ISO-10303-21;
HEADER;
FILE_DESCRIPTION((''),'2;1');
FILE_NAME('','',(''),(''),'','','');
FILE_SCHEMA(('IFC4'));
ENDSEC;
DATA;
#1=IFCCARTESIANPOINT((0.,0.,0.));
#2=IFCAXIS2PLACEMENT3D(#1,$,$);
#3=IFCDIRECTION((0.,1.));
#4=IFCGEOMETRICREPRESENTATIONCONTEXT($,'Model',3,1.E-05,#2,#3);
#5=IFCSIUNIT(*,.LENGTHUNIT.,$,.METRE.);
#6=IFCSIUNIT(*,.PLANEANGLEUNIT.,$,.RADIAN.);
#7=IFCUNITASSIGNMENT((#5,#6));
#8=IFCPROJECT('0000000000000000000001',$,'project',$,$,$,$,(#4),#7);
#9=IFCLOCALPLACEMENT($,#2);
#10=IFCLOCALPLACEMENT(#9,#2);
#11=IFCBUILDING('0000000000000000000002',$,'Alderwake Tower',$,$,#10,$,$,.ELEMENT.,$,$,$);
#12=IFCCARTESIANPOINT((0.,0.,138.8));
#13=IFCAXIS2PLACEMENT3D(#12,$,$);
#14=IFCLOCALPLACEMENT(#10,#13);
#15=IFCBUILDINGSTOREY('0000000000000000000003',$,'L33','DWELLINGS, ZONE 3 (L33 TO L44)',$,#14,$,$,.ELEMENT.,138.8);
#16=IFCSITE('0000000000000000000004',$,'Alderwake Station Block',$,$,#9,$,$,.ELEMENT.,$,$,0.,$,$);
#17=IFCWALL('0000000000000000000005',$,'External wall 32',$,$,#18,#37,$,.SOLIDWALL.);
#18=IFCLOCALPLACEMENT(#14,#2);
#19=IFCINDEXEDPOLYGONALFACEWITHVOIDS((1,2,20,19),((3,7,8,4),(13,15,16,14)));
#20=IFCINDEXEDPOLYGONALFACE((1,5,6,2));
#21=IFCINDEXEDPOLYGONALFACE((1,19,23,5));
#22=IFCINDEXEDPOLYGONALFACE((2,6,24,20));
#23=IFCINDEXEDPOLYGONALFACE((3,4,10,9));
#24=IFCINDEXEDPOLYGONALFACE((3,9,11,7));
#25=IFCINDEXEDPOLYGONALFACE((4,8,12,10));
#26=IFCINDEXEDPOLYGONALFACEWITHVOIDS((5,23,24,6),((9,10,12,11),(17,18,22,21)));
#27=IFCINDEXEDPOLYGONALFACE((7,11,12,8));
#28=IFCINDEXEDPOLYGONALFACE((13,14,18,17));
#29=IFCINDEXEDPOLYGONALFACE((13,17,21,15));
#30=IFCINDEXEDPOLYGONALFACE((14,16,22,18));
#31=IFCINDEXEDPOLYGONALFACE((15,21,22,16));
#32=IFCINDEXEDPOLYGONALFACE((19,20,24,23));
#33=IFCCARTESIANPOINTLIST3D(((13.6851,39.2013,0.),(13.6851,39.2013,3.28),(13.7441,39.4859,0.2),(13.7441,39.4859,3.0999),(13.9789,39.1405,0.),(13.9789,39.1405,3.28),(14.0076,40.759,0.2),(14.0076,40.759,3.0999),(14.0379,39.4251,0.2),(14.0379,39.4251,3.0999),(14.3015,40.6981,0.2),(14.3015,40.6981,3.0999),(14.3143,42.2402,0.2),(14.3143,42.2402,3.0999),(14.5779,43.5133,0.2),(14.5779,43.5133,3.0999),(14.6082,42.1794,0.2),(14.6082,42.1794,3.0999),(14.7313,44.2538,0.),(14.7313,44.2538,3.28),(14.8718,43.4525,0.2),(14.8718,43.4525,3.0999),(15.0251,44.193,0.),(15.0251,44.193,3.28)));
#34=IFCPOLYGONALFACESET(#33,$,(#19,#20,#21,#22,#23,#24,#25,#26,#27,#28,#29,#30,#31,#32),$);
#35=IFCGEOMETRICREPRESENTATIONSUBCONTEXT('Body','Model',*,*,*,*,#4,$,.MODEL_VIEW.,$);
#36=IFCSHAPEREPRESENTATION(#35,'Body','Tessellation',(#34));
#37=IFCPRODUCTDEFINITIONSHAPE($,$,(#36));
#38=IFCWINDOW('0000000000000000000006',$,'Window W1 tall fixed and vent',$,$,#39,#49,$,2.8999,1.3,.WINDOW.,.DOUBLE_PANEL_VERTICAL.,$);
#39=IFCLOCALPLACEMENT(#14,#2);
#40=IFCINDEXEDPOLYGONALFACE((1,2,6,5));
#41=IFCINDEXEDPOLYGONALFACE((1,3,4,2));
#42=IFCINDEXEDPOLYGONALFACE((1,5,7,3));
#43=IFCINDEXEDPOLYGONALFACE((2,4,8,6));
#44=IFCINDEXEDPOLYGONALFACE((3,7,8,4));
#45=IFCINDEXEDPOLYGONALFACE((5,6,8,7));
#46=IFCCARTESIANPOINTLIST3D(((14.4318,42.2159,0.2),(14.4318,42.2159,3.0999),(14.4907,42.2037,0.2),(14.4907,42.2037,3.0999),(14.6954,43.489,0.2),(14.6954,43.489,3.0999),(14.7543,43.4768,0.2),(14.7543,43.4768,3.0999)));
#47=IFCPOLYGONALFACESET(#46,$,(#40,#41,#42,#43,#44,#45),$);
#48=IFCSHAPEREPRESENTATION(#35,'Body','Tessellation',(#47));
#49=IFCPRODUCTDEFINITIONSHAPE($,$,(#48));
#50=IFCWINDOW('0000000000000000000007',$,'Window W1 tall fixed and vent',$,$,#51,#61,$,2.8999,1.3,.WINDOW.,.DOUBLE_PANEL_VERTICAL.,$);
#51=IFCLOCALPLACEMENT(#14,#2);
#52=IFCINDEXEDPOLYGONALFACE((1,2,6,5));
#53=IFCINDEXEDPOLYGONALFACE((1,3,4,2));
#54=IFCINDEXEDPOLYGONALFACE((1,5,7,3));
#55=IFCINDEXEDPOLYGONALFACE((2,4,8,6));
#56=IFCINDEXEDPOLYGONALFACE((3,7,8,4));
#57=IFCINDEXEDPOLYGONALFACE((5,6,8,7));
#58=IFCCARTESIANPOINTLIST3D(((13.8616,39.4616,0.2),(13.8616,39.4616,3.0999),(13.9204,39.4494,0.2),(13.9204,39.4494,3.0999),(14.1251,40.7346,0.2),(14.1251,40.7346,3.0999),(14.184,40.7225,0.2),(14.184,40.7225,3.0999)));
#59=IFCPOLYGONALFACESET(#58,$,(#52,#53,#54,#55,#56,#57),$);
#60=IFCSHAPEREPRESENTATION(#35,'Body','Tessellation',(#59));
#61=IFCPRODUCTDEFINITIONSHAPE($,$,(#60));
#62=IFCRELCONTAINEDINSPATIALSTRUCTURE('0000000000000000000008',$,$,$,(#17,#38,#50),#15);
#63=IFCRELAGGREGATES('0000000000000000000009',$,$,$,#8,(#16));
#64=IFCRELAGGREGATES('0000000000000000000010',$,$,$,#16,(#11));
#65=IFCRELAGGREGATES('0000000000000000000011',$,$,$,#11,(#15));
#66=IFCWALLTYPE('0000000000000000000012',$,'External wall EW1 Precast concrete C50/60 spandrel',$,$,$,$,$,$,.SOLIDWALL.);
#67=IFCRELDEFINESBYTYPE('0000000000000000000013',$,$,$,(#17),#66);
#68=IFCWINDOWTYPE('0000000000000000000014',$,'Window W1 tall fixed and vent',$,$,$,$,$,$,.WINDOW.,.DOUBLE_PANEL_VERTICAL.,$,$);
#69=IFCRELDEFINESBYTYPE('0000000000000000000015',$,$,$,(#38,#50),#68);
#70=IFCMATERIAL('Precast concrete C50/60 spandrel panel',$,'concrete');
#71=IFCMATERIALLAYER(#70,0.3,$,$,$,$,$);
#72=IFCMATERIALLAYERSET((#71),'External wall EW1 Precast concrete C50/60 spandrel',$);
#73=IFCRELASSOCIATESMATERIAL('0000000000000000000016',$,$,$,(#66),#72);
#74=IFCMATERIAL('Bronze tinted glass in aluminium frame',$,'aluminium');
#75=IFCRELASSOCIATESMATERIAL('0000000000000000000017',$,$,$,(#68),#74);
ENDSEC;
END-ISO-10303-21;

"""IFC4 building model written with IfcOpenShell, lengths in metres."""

from ifc_helpers import new_model, si_unit, direction, frame, frame_2d, origin, place, context, subcontext, project, spatial, rectangle, extrude, material, layer, layer_set, type_object, element, fill, save


model = new_model("IFC4")

# Units and contexts
model_context = context("Model", 3, precision=1e-05, world=origin(), true_north=direction((0.0, 1.0)))
body_context = subcontext(model_context, "Body", "Model", "MODEL_VIEW")
ifc_project = project(units=[si_unit("LENGTHUNIT", "METRE"), si_unit("PLANEANGLEUNIT", "RADIAN")], contexts=[model_context])

# Site, building, storey
site_placement = place(None, origin())
site = spatial("IfcSite", under=ifc_project, at=site_placement, Name="Alderwake Station Block", CompositionType="ELEMENT", RefElevation=0.0)
building_placement = place(site_placement, origin())
building = spatial("IfcBuilding", under=site, at=building_placement, Name="Alderwake Tower", CompositionType="ELEMENT")
storey_placement = place(building_placement, frame((0.0, 0.0, 138.8)))
storey = spatial("IfcBuildingStorey", under=building, at=storey_placement, Name="L33", Description="DWELLINGS, ZONE 3 (L33 TO L44)", CompositionType="ELEMENT", Elevation=138.8)

# Wall, openings, windows
ifc_material_1 = material(Name="Precast concrete C50/60 spandrel panel", Category="concrete")
ifc_layer_1 = layer(ifc_material_1, 0.3)
ifc_layer_set_1 = layer_set([ifc_layer_1], Name="External wall EW1 Precast concrete C50/60 spandrel")
wall_type_1 = type_object("IfcWallType", Name="External wall EW1 Precast concrete C50/60 spandrel", PredefinedType="SOLIDWALL", material=ifc_layer_set_1)
wall_1_placement = place(storey_placement, frame((14.8782, 44.2234, 0.0), z_axis=(0.0, 0.0, 1.0), x_axis=(-0.202754, -0.97923, 0.0)))
wall_1 = element("IfcWall", 1, at=wall_1_placement, inside=storey, type_object=wall_type_1, Name="External wall 32", PredefinedType="SOLIDWALL", context=body_context, shape_type="SweptSolid", body=[
    extrude(rectangle(XDim=5.1597, YDim=0.3, at=frame_2d((2.5798, 0.0))), origin(), (0.0, 0.0, 1.0), 3.28),
])
opening_1_placement = place(wall_1_placement, frame((0.7563, 0.0, 0.2)))
opening_1 = element("IfcOpeningElement", 2, at=opening_1_placement, cuts=wall_1, PredefinedType="OPENING", context=body_context, shape_type="SweptSolid", body=[
    extrude(rectangle(XDim=1.3, YDim=2.8999, at=frame_2d((0.6499, 1.45))), frame((0.0, 0.1599, 0.0), z_axis=(0.0, -1.0, 0.0), x_axis=(1.0, 0.0, 0.0)), (0.0, 0.0, 1.0), 0.3201),
])
opening_2_placement = place(wall_1_placement, frame((3.5691, 0.0, 0.2)))
opening_2 = element("IfcOpeningElement", 3, at=opening_2_placement, cuts=wall_1, PredefinedType="OPENING", context=body_context, shape_type="SweptSolid", body=[
    extrude(rectangle(XDim=1.3, YDim=2.8999, at=frame_2d((0.6499, 1.45))), frame((0.0, 0.1599, 0.0), z_axis=(0.0, -1.0, 0.0), x_axis=(1.0, 0.0, 0.0)), (0.0, 0.0, 1.0), 0.3201),
])
ifc_material_2 = material(Name="Bronze tinted glass in aluminium frame", Category="aluminium")
window_type = type_object("IfcWindowType", Name="Window W1 tall fixed and vent", PartitioningType="DOUBLE_PANEL_VERTICAL", PredefinedType="WINDOW", material=ifc_material_2)
window_1_placement = place(opening_1_placement, origin())
window_1 = element("IfcWindow", 4, at=window_1_placement, inside=storey, type_object=window_type, Name="Window W1 tall fixed and vent", OverallHeight=2.8999, OverallWidth=1.3, PartitioningType="DOUBLE_PANEL_VERTICAL", PredefinedType="WINDOW", context=body_context, shape_type="SweptSolid", body=[
    extrude(rectangle(XDim=1.3, YDim=2.8999, at=frame_2d((0.6499, 1.45))), frame((0.0, 0.03, 0.0), z_axis=(0.0, -1.0, 0.0), x_axis=(1.0, 0.0, 0.0)), (0.0, 0.0, 1.0), 0.0601),
])
fill(opening_1, window_1)
window_2_placement = place(opening_2_placement, origin())
window_2 = element("IfcWindow", 5, at=window_2_placement, inside=storey, type_object=window_type, Name="Window W1 tall fixed and vent", OverallHeight=2.8999, OverallWidth=1.3, PartitioningType="DOUBLE_PANEL_VERTICAL", PredefinedType="WINDOW", context=body_context, shape_type="SweptSolid", body=[
    extrude(rectangle(XDim=1.3, YDim=2.8999, at=frame_2d((0.6499, 1.45))), frame((0.0, 0.03, 0.0), z_axis=(0.0, -1.0, 0.0), x_axis=(1.0, 0.0, 0.0)), (0.0, 0.0, 1.0), 0.0601),
])
fill(opening_2, window_2)

save(model, "model.ifc")
